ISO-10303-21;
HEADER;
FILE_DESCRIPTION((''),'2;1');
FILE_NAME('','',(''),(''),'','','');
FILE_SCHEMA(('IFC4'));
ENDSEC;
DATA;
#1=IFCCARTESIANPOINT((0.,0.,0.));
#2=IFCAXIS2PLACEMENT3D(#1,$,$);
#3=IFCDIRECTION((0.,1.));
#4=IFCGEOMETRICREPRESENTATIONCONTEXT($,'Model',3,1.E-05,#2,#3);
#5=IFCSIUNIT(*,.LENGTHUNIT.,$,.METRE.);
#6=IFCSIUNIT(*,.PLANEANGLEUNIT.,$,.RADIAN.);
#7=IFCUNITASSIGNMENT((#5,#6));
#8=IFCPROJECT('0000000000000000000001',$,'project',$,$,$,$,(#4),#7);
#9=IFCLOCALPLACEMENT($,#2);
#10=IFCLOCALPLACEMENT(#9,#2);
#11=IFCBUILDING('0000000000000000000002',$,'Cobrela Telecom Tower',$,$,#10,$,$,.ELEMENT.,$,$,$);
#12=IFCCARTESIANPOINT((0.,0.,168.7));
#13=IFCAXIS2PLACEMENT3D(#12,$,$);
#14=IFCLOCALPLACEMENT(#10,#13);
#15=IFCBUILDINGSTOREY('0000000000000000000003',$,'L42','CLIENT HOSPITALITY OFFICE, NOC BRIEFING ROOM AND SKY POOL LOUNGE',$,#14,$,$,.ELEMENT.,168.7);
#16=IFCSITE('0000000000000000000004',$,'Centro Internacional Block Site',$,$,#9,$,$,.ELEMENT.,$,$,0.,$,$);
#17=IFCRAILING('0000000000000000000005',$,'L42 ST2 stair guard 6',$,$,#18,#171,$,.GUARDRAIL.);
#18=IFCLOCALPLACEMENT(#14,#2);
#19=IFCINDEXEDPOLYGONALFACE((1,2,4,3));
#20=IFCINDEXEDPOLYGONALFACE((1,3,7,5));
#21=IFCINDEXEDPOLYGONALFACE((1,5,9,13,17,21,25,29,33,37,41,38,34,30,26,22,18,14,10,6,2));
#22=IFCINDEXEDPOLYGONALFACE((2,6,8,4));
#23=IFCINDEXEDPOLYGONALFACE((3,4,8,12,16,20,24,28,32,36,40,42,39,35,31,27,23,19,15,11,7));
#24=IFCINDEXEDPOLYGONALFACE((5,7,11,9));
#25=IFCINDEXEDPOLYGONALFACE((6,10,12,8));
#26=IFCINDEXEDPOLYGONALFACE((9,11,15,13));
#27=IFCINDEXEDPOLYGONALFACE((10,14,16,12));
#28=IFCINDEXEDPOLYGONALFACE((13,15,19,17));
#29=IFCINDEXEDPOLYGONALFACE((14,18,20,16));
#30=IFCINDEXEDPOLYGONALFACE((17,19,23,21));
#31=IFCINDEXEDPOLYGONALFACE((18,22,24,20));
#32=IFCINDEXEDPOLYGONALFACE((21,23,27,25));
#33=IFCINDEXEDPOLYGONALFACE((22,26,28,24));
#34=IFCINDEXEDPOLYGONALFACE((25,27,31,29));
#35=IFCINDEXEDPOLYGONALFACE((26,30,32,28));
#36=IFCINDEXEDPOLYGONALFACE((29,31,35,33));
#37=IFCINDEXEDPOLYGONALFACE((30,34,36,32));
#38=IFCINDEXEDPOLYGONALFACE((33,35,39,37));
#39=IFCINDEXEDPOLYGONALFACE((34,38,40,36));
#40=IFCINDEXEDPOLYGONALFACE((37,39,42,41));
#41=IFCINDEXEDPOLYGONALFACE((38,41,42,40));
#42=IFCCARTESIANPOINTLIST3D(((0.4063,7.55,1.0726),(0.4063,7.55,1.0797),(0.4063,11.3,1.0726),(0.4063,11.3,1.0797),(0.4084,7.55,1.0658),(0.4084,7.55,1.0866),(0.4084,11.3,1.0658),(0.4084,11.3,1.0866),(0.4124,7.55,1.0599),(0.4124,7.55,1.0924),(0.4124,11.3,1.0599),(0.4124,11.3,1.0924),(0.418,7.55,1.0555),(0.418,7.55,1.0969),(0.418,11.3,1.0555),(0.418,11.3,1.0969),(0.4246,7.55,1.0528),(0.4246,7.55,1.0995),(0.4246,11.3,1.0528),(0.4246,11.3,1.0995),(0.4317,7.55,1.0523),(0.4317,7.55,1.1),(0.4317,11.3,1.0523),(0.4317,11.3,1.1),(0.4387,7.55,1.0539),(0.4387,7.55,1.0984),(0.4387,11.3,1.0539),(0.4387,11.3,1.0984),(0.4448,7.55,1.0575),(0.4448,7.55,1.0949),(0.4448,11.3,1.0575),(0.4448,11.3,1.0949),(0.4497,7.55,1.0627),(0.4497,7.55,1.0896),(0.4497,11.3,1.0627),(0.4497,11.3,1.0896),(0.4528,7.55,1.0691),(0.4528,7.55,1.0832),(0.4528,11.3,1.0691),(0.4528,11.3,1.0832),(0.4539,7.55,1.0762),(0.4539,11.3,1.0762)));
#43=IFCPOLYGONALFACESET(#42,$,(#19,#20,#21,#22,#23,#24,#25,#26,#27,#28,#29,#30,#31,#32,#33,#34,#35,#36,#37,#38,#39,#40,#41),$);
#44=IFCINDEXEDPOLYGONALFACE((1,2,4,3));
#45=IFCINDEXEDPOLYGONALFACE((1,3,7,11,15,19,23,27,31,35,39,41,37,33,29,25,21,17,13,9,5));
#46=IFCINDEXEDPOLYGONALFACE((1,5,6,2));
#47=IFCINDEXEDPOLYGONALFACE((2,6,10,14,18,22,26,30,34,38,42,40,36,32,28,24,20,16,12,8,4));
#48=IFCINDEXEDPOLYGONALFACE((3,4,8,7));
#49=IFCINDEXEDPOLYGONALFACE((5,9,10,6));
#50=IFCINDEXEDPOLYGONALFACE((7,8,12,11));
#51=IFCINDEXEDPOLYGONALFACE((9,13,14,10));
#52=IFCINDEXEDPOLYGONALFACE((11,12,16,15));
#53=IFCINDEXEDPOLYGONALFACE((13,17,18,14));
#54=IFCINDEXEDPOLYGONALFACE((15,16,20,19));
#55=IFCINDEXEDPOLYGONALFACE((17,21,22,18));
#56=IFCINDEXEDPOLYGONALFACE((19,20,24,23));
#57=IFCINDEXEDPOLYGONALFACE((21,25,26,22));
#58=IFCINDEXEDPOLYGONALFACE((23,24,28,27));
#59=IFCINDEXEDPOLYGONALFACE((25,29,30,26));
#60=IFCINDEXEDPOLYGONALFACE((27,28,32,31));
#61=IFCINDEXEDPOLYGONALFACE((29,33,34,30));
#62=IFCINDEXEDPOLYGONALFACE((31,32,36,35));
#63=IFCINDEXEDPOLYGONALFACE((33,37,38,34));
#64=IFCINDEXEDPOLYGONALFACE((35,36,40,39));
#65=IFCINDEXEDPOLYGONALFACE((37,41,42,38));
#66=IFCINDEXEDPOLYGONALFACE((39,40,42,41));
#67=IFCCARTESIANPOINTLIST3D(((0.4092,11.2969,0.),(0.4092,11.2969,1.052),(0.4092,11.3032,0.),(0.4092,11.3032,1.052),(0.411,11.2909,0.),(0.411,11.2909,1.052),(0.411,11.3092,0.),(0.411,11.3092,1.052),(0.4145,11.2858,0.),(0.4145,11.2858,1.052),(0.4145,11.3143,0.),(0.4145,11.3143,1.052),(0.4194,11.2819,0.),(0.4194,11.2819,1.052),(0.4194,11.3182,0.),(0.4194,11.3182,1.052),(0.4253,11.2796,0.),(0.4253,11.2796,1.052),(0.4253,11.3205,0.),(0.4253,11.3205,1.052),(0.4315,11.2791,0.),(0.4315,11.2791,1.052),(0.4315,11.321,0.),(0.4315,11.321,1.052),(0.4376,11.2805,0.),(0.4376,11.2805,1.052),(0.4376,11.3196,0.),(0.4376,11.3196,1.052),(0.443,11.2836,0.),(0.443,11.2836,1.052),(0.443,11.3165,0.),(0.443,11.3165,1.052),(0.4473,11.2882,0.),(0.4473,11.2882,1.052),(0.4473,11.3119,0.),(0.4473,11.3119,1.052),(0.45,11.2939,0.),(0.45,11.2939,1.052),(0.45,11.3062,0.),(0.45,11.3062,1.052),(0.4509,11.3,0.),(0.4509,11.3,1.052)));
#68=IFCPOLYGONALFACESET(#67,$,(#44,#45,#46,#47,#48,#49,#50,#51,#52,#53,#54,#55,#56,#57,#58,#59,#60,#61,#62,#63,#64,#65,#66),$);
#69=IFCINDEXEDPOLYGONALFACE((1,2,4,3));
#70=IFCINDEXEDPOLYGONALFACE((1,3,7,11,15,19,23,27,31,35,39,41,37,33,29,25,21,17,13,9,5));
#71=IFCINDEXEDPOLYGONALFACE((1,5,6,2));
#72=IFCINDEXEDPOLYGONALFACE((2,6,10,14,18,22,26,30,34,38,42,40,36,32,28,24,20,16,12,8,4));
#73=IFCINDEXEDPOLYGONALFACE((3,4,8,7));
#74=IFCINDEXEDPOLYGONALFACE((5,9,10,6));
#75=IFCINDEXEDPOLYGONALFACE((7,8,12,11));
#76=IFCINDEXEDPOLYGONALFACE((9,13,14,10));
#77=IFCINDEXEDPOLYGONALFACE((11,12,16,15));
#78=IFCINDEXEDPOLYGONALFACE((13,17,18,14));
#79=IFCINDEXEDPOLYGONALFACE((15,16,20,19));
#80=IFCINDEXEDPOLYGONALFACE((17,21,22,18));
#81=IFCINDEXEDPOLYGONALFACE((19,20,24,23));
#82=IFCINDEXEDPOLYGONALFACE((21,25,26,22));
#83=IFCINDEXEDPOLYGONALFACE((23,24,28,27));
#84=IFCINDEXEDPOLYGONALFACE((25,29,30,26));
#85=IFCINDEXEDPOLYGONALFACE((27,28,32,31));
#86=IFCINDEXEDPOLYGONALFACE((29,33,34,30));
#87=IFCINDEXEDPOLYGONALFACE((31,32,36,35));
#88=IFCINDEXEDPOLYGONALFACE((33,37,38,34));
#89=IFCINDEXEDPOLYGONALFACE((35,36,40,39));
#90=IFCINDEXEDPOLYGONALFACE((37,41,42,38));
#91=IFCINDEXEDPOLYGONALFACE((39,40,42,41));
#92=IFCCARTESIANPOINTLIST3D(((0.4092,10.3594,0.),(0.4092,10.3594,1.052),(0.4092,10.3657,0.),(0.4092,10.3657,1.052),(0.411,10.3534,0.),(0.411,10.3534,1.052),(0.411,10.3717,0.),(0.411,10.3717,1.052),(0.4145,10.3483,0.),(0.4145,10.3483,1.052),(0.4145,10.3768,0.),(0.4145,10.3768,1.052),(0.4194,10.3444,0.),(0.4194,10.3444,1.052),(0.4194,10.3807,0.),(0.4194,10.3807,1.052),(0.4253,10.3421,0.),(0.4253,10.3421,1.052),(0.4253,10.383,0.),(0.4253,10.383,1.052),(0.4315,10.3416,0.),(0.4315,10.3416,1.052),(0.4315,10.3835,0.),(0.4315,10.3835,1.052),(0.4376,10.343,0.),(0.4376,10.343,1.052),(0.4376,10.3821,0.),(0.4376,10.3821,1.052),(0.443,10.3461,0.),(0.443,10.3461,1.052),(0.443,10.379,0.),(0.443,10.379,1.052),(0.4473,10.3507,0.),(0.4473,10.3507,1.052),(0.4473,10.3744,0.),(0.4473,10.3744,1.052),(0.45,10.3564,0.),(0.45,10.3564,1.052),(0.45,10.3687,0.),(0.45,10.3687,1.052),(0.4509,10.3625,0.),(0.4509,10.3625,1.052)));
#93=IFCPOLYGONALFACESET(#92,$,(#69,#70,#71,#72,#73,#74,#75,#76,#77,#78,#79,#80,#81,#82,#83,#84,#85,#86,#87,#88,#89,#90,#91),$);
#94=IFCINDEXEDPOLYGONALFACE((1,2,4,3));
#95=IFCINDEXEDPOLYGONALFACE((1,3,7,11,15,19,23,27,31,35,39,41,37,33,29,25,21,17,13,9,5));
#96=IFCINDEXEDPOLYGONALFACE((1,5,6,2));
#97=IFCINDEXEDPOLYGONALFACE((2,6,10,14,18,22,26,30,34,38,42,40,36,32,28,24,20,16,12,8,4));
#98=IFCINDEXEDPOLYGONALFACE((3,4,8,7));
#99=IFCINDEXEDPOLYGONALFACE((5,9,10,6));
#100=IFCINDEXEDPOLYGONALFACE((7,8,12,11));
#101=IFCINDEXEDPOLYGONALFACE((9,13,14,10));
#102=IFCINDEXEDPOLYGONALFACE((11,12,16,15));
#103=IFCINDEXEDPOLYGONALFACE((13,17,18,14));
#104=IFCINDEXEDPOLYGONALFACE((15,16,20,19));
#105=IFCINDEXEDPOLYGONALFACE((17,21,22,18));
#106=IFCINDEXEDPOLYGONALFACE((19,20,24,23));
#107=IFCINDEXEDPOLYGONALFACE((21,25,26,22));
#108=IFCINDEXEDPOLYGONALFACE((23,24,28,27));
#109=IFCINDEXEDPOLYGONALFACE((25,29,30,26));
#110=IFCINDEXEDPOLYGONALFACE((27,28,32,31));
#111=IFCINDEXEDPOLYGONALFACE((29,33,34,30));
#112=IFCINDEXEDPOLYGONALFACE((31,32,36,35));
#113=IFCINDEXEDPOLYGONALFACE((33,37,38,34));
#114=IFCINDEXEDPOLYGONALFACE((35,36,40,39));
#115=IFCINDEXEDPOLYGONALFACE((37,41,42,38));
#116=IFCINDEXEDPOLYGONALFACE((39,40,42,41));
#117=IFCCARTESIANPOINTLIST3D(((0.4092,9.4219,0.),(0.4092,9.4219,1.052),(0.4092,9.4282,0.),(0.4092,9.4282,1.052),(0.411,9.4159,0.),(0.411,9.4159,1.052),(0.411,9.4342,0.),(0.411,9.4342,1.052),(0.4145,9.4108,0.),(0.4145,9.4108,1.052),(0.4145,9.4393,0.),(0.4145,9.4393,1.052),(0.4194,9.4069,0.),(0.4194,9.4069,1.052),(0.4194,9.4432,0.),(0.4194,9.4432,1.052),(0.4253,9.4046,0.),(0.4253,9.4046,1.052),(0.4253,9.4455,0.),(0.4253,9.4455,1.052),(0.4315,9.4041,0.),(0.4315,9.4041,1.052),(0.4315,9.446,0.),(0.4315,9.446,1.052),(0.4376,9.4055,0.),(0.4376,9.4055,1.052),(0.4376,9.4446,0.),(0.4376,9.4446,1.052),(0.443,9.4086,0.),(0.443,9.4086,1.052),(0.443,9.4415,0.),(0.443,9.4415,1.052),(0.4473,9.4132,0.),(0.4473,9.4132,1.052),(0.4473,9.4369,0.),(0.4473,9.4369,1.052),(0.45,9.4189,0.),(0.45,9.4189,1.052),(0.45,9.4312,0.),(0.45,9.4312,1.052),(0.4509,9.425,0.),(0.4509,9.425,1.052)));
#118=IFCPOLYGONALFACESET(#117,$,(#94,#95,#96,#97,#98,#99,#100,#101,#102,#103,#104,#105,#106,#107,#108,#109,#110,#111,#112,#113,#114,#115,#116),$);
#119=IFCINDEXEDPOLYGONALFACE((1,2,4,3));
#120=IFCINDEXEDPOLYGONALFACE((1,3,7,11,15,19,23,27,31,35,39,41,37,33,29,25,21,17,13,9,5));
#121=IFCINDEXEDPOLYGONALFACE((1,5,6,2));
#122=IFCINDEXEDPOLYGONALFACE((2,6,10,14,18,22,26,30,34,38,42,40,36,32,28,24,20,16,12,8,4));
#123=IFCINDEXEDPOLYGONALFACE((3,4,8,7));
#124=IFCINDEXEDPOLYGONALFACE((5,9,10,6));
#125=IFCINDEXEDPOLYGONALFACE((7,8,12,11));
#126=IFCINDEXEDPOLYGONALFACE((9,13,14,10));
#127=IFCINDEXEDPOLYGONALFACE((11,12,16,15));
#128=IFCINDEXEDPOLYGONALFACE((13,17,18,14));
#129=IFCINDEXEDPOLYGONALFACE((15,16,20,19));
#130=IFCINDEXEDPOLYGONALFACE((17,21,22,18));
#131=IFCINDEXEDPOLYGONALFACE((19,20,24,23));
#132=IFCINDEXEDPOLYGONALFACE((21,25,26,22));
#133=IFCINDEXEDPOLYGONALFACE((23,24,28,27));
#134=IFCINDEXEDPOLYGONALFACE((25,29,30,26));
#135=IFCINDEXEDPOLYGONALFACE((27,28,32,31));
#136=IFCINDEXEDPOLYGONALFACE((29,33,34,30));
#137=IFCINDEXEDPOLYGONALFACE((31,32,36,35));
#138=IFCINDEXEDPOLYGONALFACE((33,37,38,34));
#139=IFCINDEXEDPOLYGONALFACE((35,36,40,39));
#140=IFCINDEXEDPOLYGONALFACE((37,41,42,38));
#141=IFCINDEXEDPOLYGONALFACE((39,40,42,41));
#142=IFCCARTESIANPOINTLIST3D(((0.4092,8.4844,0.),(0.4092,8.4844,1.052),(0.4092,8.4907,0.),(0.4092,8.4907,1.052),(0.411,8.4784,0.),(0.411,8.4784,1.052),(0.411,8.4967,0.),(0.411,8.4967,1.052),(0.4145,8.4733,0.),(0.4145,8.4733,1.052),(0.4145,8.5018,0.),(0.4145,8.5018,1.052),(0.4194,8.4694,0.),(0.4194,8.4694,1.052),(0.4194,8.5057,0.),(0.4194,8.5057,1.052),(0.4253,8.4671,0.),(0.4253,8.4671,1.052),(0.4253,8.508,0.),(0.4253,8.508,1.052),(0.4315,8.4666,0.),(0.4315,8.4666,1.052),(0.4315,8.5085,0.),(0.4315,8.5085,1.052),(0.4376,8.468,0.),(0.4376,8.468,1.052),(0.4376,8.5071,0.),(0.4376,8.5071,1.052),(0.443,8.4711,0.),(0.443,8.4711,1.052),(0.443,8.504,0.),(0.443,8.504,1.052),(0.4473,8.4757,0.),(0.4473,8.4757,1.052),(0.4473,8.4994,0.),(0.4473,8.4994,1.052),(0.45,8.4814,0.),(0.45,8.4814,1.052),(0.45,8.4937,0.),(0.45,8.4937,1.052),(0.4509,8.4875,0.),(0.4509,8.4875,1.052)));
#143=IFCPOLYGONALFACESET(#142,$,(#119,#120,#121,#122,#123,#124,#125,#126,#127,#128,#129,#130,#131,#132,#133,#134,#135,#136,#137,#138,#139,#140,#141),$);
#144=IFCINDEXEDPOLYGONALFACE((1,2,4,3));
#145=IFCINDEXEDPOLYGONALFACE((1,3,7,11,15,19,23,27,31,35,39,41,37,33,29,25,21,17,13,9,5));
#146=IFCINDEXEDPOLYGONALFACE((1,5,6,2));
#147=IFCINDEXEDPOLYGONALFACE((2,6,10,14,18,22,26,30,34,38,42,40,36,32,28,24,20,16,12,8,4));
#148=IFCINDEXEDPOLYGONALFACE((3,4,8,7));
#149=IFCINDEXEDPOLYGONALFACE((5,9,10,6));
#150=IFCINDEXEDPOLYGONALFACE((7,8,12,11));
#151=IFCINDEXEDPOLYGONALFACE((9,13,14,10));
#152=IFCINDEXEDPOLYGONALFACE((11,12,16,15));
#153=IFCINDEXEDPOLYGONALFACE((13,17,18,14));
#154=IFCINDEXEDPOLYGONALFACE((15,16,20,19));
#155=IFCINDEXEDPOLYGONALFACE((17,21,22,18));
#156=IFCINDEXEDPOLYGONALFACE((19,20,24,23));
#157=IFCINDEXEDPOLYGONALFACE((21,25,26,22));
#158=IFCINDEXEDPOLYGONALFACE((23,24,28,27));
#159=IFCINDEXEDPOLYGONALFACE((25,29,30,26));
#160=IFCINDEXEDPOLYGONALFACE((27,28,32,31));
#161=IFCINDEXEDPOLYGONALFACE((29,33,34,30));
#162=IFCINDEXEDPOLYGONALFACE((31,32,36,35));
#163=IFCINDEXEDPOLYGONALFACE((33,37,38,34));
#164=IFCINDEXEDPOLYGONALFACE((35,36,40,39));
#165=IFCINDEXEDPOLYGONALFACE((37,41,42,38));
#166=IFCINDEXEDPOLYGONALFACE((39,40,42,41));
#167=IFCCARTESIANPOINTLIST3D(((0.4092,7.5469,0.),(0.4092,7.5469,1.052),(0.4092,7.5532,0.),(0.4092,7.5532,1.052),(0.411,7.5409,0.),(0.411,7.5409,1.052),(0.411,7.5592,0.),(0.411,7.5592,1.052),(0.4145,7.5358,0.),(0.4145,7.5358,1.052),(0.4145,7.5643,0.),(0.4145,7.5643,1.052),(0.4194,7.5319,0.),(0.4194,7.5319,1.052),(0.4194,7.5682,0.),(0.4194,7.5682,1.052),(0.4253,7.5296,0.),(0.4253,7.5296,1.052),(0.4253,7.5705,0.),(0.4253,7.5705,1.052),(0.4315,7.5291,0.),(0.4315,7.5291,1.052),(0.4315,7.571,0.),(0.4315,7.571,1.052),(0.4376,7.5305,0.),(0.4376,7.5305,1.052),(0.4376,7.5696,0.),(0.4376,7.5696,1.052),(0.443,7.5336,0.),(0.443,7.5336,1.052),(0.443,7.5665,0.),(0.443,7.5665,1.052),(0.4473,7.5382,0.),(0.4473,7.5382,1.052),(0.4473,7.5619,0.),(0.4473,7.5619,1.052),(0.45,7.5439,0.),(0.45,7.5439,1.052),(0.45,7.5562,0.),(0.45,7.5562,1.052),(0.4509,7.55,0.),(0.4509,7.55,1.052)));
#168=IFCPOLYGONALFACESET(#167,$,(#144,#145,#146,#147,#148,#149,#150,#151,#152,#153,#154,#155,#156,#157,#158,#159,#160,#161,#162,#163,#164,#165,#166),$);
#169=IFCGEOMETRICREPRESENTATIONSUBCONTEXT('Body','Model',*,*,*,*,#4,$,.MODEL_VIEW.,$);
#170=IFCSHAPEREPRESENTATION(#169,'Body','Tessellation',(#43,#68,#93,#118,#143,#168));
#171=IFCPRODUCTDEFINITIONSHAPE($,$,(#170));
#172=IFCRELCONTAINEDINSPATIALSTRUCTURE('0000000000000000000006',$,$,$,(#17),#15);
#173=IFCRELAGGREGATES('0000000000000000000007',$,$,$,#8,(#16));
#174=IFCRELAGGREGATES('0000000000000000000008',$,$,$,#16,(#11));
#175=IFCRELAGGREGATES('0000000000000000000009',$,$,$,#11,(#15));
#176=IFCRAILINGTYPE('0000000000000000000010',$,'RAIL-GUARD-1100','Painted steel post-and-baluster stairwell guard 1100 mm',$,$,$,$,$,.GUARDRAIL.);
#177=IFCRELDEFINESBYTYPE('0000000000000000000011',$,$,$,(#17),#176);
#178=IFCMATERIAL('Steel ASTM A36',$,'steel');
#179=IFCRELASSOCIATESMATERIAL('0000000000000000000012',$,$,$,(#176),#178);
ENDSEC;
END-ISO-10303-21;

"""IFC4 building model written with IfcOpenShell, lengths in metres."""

from ifc_helpers import new_model, si_unit, direction, frame, origin, origin_2d, place, context, subcontext, project, spatial, circle, extrude, material, type_object, element, save


model = new_model("IFC4")

# Units and contexts
model_context = context("Model", 3, precision=1e-05, world=origin(), true_north=direction((0.0, 1.0)))
body_context = subcontext(model_context, "Body", "Model", "MODEL_VIEW")
ifc_project = project(units=[si_unit("LENGTHUNIT", "METRE"), si_unit("PLANEANGLEUNIT", "RADIAN")], contexts=[model_context])

# Site, building, storey
site_placement = place(None, origin())
site = spatial("IfcSite", under=ifc_project, at=site_placement, Name="Centro Internacional Block Site", CompositionType="ELEMENT", RefElevation=0.0)
building_placement = place(site_placement, origin())
building = spatial("IfcBuilding", under=site, at=building_placement, Name="Cobrela Telecom Tower", CompositionType="ELEMENT")
storey_placement = place(building_placement, frame((0.0, 0.0, 168.7)))
storey = spatial("IfcBuildingStorey", under=building, at=storey_placement, Name="L42", Description="CLIENT HOSPITALITY OFFICE, NOC BRIEFING ROOM AND SKY POOL LOUNGE", CompositionType="ELEMENT", Elevation=168.7)

# Shared definitions
ifc_material_1 = material(Name="Steel ASTM A36", Category="steel")

# Railing
railing_type_1 = type_object("IfcRailingType", Name="RAIL-GUARD-1100", Description="Painted steel post-and-baluster stairwell guard 1100 mm", PredefinedType="GUARDRAIL", material=ifc_material_1)
railing_1_placement = place(storey_placement, frame((0.4299, 11.3, 0.0)))
element("IfcRailing", 1, at=railing_1_placement, inside=storey, type_object=railing_type_1, Name="L42 ST2 stair guard 6", PredefinedType="GUARDRAIL", context=body_context, shape_type="SweptSolid", body=[
    extrude(circle(Radius=0.0239, at=origin_2d()), frame((0.0, 0.0, 1.0762), z_axis=(0.0, -1.0, 0.0), x_axis=(1.0, 0.0, 0.0)), (0.0, 0.0, 1.0), 3.75),
    extrude(circle(Radius=0.021, at=origin_2d()), origin(), (0.0, 0.0, 1.0), 1.052),
    extrude(circle(Radius=0.021, at=origin_2d()), frame((0.0, -0.9375, 0.0)), (0.0, 0.0, 1.0), 1.052),
    extrude(circle(Radius=0.021, at=origin_2d()), frame((0.0, -1.875, 0.0)), (0.0, 0.0, 1.0), 1.052),
    extrude(circle(Radius=0.021, at=origin_2d()), frame((0.0, -2.8125, 0.0)), (0.0, 0.0, 1.0), 1.052),
    extrude(circle(Radius=0.021, at=origin_2d()), frame((0.0, -3.75, 0.0)), (0.0, 0.0, 1.0), 1.052),
])

save(model, "model.ifc")
